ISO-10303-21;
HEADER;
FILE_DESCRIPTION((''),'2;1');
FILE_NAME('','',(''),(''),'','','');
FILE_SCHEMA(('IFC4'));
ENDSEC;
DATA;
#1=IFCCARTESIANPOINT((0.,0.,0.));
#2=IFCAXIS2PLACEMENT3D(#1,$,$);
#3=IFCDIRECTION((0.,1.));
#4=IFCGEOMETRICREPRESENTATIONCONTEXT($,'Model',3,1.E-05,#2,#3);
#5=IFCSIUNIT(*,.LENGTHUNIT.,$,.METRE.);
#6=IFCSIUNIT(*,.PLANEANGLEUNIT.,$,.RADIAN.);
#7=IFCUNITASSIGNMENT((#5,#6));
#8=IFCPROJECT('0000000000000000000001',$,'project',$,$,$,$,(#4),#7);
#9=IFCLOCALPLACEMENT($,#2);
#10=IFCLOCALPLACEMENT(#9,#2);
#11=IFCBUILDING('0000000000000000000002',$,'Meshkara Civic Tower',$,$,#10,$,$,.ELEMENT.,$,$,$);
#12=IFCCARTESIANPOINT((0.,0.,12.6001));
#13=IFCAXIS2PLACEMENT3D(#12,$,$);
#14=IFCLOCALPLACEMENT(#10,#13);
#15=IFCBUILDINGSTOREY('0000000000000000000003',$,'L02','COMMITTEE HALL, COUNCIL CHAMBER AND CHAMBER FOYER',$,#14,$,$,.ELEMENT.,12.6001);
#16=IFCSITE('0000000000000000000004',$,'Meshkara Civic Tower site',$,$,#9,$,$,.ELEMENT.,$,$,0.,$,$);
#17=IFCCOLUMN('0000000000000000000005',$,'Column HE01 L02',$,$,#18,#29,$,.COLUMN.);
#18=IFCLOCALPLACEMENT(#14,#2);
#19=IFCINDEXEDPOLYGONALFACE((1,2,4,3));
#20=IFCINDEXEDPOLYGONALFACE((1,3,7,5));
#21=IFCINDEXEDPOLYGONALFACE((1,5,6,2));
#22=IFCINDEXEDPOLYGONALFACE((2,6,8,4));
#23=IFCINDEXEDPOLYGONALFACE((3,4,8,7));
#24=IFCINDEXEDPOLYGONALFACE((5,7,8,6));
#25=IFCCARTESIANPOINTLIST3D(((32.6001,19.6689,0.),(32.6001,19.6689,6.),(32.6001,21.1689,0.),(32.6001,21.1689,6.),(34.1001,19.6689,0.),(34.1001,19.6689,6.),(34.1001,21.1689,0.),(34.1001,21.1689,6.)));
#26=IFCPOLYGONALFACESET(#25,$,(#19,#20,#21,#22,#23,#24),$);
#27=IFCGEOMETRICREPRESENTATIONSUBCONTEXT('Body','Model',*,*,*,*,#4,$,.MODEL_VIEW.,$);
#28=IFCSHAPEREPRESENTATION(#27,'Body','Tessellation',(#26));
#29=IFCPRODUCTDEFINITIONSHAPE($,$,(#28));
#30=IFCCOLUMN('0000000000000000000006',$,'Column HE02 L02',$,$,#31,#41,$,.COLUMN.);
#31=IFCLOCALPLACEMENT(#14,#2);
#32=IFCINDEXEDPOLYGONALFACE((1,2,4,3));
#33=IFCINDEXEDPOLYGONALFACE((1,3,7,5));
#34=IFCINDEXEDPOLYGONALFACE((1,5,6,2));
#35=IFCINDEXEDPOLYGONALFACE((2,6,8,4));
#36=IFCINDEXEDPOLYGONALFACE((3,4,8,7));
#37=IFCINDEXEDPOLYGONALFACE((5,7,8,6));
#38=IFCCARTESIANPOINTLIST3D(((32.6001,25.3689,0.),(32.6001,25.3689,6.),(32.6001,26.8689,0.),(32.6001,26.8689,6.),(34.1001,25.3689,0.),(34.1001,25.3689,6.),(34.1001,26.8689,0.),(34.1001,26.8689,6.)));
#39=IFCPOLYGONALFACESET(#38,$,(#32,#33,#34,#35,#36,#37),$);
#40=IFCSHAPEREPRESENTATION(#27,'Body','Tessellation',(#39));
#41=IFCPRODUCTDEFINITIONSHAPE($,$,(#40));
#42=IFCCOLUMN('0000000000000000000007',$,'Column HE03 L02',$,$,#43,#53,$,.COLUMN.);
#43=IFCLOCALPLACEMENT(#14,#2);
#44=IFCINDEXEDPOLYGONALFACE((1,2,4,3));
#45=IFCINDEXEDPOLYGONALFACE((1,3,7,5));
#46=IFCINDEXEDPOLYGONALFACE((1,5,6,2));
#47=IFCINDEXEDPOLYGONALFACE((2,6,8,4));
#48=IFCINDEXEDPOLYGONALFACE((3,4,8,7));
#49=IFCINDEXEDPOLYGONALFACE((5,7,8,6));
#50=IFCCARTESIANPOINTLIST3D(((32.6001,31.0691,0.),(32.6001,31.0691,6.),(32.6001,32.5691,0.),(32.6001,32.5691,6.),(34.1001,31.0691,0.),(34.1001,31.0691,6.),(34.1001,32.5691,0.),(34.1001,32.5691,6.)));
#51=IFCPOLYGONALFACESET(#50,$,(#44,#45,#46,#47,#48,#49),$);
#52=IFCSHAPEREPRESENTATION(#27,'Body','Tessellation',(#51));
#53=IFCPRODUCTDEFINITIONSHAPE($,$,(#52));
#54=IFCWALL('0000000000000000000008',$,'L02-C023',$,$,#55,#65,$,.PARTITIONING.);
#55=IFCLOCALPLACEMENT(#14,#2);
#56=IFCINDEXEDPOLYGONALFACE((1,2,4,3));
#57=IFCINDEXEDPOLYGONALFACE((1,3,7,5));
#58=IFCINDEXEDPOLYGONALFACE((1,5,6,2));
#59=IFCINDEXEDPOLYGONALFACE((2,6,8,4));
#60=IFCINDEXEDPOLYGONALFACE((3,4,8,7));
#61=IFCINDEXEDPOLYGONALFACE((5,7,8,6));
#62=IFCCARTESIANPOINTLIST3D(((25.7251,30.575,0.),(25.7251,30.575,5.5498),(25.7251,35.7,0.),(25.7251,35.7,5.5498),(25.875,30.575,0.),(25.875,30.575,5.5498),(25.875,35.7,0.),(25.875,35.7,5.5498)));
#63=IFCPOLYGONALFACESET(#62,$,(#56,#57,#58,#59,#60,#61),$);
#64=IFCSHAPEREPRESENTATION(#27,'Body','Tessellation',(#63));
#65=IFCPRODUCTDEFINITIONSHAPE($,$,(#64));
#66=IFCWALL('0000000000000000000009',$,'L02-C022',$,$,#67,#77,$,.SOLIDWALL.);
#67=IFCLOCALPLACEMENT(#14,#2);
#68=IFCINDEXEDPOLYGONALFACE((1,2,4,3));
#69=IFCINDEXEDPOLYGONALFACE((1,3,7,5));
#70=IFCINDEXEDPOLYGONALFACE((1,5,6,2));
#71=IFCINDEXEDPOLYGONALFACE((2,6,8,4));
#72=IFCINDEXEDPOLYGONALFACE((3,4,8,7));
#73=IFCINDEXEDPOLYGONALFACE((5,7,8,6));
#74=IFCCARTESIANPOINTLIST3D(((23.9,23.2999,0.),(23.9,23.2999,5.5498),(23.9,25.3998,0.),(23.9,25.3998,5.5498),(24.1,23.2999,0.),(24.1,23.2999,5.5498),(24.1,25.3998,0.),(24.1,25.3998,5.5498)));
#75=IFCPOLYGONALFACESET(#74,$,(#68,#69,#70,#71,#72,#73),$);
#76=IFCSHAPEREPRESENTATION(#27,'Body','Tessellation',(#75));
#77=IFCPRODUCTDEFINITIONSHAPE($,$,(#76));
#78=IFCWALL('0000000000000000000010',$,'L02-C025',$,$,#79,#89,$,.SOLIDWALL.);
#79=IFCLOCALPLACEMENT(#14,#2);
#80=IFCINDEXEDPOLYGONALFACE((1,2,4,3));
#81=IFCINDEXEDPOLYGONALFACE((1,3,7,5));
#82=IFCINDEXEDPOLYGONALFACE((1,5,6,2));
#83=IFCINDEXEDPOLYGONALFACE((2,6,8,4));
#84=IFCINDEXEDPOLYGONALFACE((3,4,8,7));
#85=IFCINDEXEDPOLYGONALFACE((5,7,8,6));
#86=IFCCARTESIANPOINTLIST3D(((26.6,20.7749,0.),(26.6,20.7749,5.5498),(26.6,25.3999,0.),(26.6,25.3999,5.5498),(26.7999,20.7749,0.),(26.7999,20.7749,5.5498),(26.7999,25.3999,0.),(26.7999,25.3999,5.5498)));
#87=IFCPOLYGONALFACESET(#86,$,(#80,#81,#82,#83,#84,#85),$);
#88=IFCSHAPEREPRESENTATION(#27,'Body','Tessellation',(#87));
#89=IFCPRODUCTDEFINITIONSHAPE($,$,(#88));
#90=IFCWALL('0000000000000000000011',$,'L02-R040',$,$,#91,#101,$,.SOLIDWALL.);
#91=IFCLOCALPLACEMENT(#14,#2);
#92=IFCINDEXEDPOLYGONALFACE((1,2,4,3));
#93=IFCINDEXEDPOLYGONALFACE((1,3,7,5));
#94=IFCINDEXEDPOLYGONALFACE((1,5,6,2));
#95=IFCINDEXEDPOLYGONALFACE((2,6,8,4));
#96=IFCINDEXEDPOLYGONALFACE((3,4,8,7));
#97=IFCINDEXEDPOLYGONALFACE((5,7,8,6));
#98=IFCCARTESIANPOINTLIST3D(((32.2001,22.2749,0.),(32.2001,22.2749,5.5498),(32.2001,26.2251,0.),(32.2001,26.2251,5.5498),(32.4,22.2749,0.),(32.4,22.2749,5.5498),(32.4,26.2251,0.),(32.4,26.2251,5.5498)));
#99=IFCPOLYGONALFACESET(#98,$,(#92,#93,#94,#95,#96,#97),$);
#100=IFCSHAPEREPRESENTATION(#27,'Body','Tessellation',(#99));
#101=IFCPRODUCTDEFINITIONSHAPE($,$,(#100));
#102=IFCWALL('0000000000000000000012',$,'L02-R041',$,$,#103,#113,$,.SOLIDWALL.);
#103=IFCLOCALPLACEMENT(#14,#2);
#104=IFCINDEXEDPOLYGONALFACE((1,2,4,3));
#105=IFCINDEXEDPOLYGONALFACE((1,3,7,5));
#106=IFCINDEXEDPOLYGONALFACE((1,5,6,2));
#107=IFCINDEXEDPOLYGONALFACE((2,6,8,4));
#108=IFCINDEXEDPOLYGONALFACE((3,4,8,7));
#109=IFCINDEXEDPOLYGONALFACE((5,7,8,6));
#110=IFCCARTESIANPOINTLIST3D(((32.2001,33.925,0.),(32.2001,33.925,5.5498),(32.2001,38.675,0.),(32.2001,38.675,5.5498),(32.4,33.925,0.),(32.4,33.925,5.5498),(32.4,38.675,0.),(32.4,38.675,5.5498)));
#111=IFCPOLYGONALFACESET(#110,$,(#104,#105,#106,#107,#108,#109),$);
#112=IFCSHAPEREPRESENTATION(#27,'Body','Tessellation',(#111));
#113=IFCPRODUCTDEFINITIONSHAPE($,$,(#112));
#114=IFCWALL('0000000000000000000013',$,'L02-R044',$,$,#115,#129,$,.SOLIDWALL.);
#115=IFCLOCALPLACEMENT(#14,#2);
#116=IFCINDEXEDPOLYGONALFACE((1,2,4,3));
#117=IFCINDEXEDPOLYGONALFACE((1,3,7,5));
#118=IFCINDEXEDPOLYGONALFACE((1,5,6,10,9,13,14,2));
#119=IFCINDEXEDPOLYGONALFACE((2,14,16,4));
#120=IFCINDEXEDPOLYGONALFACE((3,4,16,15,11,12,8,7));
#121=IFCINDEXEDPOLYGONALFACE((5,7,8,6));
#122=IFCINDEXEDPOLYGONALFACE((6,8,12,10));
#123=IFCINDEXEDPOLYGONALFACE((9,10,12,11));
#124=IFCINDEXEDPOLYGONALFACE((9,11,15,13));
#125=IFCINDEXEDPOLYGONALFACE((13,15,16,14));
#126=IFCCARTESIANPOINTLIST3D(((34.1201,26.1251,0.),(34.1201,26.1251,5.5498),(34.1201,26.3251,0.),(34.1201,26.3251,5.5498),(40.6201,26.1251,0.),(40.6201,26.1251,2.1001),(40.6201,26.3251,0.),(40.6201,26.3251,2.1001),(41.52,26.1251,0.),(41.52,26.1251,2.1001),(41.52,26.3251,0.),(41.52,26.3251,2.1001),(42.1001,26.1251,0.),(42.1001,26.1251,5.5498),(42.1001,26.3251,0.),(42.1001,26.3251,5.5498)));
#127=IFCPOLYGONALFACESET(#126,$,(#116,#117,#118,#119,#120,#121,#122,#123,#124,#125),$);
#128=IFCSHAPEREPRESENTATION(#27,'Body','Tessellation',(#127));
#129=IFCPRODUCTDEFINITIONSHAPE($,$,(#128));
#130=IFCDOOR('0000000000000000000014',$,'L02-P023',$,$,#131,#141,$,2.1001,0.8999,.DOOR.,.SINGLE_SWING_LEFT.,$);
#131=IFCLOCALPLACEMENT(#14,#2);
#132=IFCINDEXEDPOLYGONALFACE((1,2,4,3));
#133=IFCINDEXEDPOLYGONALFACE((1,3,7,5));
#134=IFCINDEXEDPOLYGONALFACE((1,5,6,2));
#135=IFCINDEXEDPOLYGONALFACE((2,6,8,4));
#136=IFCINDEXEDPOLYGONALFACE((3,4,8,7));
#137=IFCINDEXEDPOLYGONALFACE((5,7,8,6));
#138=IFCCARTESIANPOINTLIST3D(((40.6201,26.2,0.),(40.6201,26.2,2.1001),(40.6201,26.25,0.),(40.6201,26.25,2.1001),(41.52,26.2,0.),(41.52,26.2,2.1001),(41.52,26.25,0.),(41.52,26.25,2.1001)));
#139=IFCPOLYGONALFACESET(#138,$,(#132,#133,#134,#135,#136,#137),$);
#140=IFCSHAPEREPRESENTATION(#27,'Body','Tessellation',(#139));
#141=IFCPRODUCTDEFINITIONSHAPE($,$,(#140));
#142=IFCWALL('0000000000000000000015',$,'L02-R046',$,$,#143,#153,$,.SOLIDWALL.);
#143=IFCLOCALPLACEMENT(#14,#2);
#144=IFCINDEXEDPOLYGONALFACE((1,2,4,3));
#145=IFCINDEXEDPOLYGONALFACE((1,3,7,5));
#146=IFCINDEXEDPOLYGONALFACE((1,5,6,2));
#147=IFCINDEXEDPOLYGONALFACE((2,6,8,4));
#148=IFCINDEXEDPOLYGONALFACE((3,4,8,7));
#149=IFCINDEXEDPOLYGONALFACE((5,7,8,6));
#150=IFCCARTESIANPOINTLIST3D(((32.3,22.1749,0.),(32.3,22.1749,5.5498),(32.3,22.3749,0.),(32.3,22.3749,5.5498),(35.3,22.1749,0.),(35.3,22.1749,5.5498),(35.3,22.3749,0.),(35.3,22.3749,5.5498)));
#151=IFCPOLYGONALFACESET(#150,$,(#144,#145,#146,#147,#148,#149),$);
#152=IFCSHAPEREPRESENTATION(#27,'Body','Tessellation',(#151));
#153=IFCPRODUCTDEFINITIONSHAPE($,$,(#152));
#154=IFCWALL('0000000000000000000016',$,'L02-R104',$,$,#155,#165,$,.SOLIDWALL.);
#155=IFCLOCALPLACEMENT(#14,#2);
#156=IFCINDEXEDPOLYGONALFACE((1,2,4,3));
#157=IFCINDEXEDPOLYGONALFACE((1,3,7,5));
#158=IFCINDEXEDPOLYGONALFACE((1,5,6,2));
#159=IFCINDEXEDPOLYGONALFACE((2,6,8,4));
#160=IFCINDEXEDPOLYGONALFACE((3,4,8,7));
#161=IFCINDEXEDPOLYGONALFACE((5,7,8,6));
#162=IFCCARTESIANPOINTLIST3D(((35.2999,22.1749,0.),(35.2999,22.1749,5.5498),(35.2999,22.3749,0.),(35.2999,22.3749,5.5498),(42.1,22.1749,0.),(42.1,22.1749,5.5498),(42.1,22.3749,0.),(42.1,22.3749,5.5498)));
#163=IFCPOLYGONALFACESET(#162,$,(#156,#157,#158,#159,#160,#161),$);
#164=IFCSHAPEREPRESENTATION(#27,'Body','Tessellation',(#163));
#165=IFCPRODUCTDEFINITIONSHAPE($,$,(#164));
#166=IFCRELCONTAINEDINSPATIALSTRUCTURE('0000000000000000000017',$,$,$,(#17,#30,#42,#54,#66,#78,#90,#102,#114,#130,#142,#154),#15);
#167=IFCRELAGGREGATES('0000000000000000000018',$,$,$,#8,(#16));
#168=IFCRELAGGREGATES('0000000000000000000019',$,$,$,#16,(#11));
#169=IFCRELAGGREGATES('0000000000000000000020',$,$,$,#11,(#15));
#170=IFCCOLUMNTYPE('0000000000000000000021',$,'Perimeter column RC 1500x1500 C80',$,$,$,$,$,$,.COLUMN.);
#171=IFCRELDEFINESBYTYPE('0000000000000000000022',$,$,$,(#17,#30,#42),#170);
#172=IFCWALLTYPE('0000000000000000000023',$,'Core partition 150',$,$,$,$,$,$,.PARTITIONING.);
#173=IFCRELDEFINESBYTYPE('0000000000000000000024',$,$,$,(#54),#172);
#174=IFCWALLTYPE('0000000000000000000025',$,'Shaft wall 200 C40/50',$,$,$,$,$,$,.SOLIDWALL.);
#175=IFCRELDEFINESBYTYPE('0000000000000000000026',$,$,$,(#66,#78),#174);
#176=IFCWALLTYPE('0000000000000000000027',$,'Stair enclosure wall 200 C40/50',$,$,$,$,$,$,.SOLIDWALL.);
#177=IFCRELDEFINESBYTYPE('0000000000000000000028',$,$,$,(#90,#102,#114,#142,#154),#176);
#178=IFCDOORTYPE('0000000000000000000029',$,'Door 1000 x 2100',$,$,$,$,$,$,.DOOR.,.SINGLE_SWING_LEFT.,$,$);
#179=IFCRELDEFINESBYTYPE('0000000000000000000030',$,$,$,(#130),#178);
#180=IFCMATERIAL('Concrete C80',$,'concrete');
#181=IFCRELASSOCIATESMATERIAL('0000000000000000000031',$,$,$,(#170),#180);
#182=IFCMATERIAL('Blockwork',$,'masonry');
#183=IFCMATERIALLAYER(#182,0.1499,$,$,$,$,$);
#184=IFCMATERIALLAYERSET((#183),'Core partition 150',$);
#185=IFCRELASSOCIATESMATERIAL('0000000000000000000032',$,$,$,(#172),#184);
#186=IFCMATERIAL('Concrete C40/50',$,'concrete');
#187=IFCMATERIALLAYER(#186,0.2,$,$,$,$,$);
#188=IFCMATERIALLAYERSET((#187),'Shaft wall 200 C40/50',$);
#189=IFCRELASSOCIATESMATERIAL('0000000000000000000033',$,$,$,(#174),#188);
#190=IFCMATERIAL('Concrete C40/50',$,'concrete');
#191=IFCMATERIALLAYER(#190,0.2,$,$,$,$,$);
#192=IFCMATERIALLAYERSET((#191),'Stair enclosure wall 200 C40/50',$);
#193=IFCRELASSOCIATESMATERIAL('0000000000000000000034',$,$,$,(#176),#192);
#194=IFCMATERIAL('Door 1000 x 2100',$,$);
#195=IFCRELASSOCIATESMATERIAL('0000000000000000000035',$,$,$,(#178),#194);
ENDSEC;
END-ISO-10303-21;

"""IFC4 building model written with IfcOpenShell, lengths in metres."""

from ifc_helpers import new_model, si_unit, direction, frame, frame_2d, origin, origin_2d, place, context, subcontext, project, spatial, rectangle, extrude, material, layer, layer_set, material_profile, profile_set, type_object, element, fill, save


model = new_model("IFC4")

# Units and contexts
model_context = context("Model", 3, precision=1e-05, world=origin(), true_north=direction((0.0, 1.0)))
body_context = subcontext(model_context, "Body", "Model", "MODEL_VIEW")
ifc_project = project(units=[si_unit("LENGTHUNIT", "METRE"), si_unit("PLANEANGLEUNIT", "RADIAN")], contexts=[model_context])

# Site, building, storey
site_placement = place(None, origin())
site = spatial("IfcSite", under=ifc_project, at=site_placement, Name="Meshkara Civic Tower site", CompositionType="ELEMENT", RefElevation=0.0)
building_placement = place(site_placement, origin())
building = spatial("IfcBuilding", under=site, at=building_placement, Name="Meshkara Civic Tower", CompositionType="ELEMENT")
storey_placement = place(building_placement, frame((0.0, 0.0, 12.6001)))
storey = spatial("IfcBuildingStorey", under=building, at=storey_placement, Name="L02", Description="COMMITTEE HALL, COUNCIL CHAMBER AND CHAMBER FOYER", CompositionType="ELEMENT", Elevation=12.6001)

# Columns
ifc_material_1 = material(Name="Concrete C80", Category="concrete")
ifc_material_profile = material_profile(ifc_material_1, rectangle(XDim=1.5, YDim=1.5, at=origin_2d()))
ifc_profile_set = profile_set([ifc_material_profile], Name="Concrete C80")
column_type = type_object("IfcColumnType", Name="Perimeter column RC 1500x1500 C80", PredefinedType="COLUMN", material=ifc_profile_set)
for number, where, z_axis, x_axis, name in (
    (1, (33.3501, 20.4189, 0.0), (0.0, 0.0, 1.0), (1.0, 0.0, 0.0), "Column HE01 L02"),
    (2, (33.3501, 26.1189, 0.0), (0.0, 0.0, 1.0), (1.0, 0.0, 0.0), "Column HE02 L02"),
    (3, (33.3501, 31.8191, 0.0), (0.0, 0.0, 1.0), (1.0, 0.0, 0.0), "Column HE03 L02"),
):
    element("IfcColumn", number, at=place(storey_placement, frame(where, z_axis=z_axis, x_axis=x_axis)), inside=storey, type_object=column_type, Name=name, PredefinedType="COLUMN", context=body_context, shape_type="SweptSolid", body=[
        extrude(rectangle(XDim=1.5, YDim=1.5, at=origin_2d()), origin(), (0.0, 0.0, 1.0), 6.0),
    ])

# Walls
ifc_material_2 = material(Name="Blockwork", Category="masonry")
ifc_layer_1 = layer(ifc_material_2, 0.1499)
ifc_layer_set_1 = layer_set([ifc_layer_1], Name="Core partition 150")
wall_type_1 = type_object("IfcWallType", Name="Core partition 150", PredefinedType="PARTITIONING", material=ifc_layer_set_1)
wall_1_placement = place(storey_placement, frame((25.8, 30.575, 0.0), z_axis=(0.0, 0.0, 1.0), x_axis=(0.0, 1.0, 0.0)))
element("IfcWall", 4, at=wall_1_placement, inside=storey, type_object=wall_type_1, Name="L02-C023", PredefinedType="PARTITIONING", context=body_context, shape_type="SweptSolid", body=[
    extrude(rectangle(XDim=5.125, YDim=0.1499, at=frame_2d((2.5625, 0.0))), origin(), (0.0, 0.0, 1.0), 5.5498),
])
ifc_material_3 = material(Name="Concrete C40/50", Category="concrete")
ifc_layer_2 = layer(ifc_material_3, 0.2)
ifc_layer_set_2 = layer_set([ifc_layer_2], Name="Shaft wall 200 C40/50")
wall_type_2 = type_object("IfcWallType", Name="Shaft wall 200 C40/50", PredefinedType="SOLIDWALL", material=ifc_layer_set_2)
wall_2_placement = place(storey_placement, frame((24.0, 23.3, 0.0), z_axis=(0.0, 0.0, 1.0), x_axis=(0.0, 1.0, 0.0)))
element("IfcWall", 5, at=wall_2_placement, inside=storey, type_object=wall_type_2, Name="L02-C022", PredefinedType="SOLIDWALL", context=body_context, shape_type="SweptSolid", body=[
    extrude(rectangle(XDim=2.0999, YDim=0.2, at=frame_2d((1.0498, 0.0))), origin(), (0.0, 0.0, 1.0), 5.5498),
])
wall_3_placement = place(storey_placement, frame((26.7, 20.7749, 0.0), z_axis=(0.0, 0.0, 1.0), x_axis=(0.0, 1.0, 0.0)))
element("IfcWall", 6, at=wall_3_placement, inside=storey, type_object=wall_type_2, Name="L02-C025", PredefinedType="SOLIDWALL", context=body_context, shape_type="SweptSolid", body=[
    extrude(rectangle(XDim=4.625, YDim=0.2, at=frame_2d((2.3125, 0.0))), origin(), (0.0, 0.0, 1.0), 5.5498),
])
ifc_material_4 = material(Name="Concrete C40/50", Category="concrete")
ifc_layer_3 = layer(ifc_material_4, 0.2)
ifc_layer_set_3 = layer_set([ifc_layer_3], Name="Stair enclosure wall 200 C40/50")
wall_type_3 = type_object("IfcWallType", Name="Stair enclosure wall 200 C40/50", PredefinedType="SOLIDWALL", material=ifc_layer_set_3)
wall_4_placement = place(storey_placement, frame((32.3, 22.2749, 0.0), z_axis=(0.0, 0.0, 1.0), x_axis=(0.0, 1.0, 0.0)))
element("IfcWall", 7, at=wall_4_placement, inside=storey, type_object=wall_type_3, Name="L02-R040", PredefinedType="SOLIDWALL", context=body_context, shape_type="SweptSolid", body=[
    extrude(rectangle(XDim=3.9502, YDim=0.2, at=frame_2d((1.9751, 0.0))), origin(), (0.0, 0.0, 1.0), 5.5498),
])
wall_5_placement = place(storey_placement, frame((32.3, 33.925, 0.0), z_axis=(0.0, 0.0, 1.0), x_axis=(0.0, 1.0, 0.0)))
element("IfcWall", 8, at=wall_5_placement, inside=storey, type_object=wall_type_3, Name="L02-R041", PredefinedType="SOLIDWALL", context=body_context, shape_type="SweptSolid", body=[
    extrude(rectangle(XDim=4.75, YDim=0.2, at=frame_2d((2.375, 0.0))), origin(), (0.0, 0.0, 1.0), 5.5498),
])

# Wall, opening, door
wall_6_placement = place(storey_placement, frame((34.1201, 26.2251, 0.0), z_axis=(0.0, 0.0, 1.0), x_axis=(1.0, 0.0, 0.0)))
wall_6 = element("IfcWall", 9, at=wall_6_placement, inside=storey, type_object=wall_type_3, Name="L02-R044", PredefinedType="SOLIDWALL", context=body_context, shape_type="SweptSolid", body=[
    extrude(rectangle(XDim=7.98, YDim=0.2, at=frame_2d((3.99, 0.0))), origin(), (0.0, 0.0, 1.0), 5.5498),
])
opening_placement = place(wall_6_placement, frame((6.5, 0.0, 0.0)))
opening = element("IfcOpeningElement", 10, at=opening_placement, cuts=wall_6, PredefinedType="OPENING", context=body_context, shape_type="SweptSolid", body=[
    extrude(rectangle(XDim=0.8999, YDim=2.1001, at=frame_2d((0.45, 1.05))), frame((0.0, 0.1099, 0.0), z_axis=(0.0, -1.0, 0.0), x_axis=(1.0, 0.0, 0.0)), (0.0, 0.0, 1.0), 0.22),
])
ifc_material_5 = material(Name="Door 1000 x 2100")
door_type = type_object("IfcDoorType", Name="Door 1000 x 2100", OperationType="SINGLE_SWING_LEFT", PredefinedType="DOOR", material=ifc_material_5)
door_placement = place(opening_placement, origin())
door = element("IfcDoor", 11, at=door_placement, inside=storey, type_object=door_type, Name="L02-P023", OperationType="SINGLE_SWING_LEFT", OverallHeight=2.1001, OverallWidth=0.8999, PredefinedType="DOOR", context=body_context, shape_type="SweptSolid", body=[
    extrude(rectangle(XDim=0.8999, YDim=2.1001, at=frame_2d((0.45, 1.05))), frame((0.0, 0.0249, 0.0), z_axis=(0.0, -1.0, 0.0), x_axis=(1.0, 0.0, 0.0)), (0.0, 0.0, 1.0), 0.05),
])
fill(opening, door)

# Walls
wall_7_placement = place(storey_placement, frame((35.3, 22.2749, 0.0), z_axis=(0.0, 0.0, 1.0), x_axis=(-1.0, 0.0, 0.0)))
element("IfcWall", 12, at=wall_7_placement, inside=storey, type_object=wall_type_3, Name="L02-R046", PredefinedType="SOLIDWALL", context=body_context, shape_type="SweptSolid", body=[
    extrude(rectangle(XDim=3.0, YDim=0.2, at=frame_2d((1.5, 0.0))), origin(), (0.0, 0.0, 1.0), 5.5498),
])
wall_8_placement = place(storey_placement, frame((35.3, 22.2749, 0.0), z_axis=(0.0, 0.0, 1.0), x_axis=(1.0, 0.0, 0.0)))
element("IfcWall", 13, at=wall_8_placement, inside=storey, type_object=wall_type_3, Name="L02-R104", PredefinedType="SOLIDWALL", context=body_context, shape_type="SweptSolid", body=[
    extrude(rectangle(XDim=6.8, YDim=0.2, at=frame_2d((3.3999, 0.0))), origin(), (0.0, 0.0, 1.0), 5.5498),
])

save(model, "model.ifc")
